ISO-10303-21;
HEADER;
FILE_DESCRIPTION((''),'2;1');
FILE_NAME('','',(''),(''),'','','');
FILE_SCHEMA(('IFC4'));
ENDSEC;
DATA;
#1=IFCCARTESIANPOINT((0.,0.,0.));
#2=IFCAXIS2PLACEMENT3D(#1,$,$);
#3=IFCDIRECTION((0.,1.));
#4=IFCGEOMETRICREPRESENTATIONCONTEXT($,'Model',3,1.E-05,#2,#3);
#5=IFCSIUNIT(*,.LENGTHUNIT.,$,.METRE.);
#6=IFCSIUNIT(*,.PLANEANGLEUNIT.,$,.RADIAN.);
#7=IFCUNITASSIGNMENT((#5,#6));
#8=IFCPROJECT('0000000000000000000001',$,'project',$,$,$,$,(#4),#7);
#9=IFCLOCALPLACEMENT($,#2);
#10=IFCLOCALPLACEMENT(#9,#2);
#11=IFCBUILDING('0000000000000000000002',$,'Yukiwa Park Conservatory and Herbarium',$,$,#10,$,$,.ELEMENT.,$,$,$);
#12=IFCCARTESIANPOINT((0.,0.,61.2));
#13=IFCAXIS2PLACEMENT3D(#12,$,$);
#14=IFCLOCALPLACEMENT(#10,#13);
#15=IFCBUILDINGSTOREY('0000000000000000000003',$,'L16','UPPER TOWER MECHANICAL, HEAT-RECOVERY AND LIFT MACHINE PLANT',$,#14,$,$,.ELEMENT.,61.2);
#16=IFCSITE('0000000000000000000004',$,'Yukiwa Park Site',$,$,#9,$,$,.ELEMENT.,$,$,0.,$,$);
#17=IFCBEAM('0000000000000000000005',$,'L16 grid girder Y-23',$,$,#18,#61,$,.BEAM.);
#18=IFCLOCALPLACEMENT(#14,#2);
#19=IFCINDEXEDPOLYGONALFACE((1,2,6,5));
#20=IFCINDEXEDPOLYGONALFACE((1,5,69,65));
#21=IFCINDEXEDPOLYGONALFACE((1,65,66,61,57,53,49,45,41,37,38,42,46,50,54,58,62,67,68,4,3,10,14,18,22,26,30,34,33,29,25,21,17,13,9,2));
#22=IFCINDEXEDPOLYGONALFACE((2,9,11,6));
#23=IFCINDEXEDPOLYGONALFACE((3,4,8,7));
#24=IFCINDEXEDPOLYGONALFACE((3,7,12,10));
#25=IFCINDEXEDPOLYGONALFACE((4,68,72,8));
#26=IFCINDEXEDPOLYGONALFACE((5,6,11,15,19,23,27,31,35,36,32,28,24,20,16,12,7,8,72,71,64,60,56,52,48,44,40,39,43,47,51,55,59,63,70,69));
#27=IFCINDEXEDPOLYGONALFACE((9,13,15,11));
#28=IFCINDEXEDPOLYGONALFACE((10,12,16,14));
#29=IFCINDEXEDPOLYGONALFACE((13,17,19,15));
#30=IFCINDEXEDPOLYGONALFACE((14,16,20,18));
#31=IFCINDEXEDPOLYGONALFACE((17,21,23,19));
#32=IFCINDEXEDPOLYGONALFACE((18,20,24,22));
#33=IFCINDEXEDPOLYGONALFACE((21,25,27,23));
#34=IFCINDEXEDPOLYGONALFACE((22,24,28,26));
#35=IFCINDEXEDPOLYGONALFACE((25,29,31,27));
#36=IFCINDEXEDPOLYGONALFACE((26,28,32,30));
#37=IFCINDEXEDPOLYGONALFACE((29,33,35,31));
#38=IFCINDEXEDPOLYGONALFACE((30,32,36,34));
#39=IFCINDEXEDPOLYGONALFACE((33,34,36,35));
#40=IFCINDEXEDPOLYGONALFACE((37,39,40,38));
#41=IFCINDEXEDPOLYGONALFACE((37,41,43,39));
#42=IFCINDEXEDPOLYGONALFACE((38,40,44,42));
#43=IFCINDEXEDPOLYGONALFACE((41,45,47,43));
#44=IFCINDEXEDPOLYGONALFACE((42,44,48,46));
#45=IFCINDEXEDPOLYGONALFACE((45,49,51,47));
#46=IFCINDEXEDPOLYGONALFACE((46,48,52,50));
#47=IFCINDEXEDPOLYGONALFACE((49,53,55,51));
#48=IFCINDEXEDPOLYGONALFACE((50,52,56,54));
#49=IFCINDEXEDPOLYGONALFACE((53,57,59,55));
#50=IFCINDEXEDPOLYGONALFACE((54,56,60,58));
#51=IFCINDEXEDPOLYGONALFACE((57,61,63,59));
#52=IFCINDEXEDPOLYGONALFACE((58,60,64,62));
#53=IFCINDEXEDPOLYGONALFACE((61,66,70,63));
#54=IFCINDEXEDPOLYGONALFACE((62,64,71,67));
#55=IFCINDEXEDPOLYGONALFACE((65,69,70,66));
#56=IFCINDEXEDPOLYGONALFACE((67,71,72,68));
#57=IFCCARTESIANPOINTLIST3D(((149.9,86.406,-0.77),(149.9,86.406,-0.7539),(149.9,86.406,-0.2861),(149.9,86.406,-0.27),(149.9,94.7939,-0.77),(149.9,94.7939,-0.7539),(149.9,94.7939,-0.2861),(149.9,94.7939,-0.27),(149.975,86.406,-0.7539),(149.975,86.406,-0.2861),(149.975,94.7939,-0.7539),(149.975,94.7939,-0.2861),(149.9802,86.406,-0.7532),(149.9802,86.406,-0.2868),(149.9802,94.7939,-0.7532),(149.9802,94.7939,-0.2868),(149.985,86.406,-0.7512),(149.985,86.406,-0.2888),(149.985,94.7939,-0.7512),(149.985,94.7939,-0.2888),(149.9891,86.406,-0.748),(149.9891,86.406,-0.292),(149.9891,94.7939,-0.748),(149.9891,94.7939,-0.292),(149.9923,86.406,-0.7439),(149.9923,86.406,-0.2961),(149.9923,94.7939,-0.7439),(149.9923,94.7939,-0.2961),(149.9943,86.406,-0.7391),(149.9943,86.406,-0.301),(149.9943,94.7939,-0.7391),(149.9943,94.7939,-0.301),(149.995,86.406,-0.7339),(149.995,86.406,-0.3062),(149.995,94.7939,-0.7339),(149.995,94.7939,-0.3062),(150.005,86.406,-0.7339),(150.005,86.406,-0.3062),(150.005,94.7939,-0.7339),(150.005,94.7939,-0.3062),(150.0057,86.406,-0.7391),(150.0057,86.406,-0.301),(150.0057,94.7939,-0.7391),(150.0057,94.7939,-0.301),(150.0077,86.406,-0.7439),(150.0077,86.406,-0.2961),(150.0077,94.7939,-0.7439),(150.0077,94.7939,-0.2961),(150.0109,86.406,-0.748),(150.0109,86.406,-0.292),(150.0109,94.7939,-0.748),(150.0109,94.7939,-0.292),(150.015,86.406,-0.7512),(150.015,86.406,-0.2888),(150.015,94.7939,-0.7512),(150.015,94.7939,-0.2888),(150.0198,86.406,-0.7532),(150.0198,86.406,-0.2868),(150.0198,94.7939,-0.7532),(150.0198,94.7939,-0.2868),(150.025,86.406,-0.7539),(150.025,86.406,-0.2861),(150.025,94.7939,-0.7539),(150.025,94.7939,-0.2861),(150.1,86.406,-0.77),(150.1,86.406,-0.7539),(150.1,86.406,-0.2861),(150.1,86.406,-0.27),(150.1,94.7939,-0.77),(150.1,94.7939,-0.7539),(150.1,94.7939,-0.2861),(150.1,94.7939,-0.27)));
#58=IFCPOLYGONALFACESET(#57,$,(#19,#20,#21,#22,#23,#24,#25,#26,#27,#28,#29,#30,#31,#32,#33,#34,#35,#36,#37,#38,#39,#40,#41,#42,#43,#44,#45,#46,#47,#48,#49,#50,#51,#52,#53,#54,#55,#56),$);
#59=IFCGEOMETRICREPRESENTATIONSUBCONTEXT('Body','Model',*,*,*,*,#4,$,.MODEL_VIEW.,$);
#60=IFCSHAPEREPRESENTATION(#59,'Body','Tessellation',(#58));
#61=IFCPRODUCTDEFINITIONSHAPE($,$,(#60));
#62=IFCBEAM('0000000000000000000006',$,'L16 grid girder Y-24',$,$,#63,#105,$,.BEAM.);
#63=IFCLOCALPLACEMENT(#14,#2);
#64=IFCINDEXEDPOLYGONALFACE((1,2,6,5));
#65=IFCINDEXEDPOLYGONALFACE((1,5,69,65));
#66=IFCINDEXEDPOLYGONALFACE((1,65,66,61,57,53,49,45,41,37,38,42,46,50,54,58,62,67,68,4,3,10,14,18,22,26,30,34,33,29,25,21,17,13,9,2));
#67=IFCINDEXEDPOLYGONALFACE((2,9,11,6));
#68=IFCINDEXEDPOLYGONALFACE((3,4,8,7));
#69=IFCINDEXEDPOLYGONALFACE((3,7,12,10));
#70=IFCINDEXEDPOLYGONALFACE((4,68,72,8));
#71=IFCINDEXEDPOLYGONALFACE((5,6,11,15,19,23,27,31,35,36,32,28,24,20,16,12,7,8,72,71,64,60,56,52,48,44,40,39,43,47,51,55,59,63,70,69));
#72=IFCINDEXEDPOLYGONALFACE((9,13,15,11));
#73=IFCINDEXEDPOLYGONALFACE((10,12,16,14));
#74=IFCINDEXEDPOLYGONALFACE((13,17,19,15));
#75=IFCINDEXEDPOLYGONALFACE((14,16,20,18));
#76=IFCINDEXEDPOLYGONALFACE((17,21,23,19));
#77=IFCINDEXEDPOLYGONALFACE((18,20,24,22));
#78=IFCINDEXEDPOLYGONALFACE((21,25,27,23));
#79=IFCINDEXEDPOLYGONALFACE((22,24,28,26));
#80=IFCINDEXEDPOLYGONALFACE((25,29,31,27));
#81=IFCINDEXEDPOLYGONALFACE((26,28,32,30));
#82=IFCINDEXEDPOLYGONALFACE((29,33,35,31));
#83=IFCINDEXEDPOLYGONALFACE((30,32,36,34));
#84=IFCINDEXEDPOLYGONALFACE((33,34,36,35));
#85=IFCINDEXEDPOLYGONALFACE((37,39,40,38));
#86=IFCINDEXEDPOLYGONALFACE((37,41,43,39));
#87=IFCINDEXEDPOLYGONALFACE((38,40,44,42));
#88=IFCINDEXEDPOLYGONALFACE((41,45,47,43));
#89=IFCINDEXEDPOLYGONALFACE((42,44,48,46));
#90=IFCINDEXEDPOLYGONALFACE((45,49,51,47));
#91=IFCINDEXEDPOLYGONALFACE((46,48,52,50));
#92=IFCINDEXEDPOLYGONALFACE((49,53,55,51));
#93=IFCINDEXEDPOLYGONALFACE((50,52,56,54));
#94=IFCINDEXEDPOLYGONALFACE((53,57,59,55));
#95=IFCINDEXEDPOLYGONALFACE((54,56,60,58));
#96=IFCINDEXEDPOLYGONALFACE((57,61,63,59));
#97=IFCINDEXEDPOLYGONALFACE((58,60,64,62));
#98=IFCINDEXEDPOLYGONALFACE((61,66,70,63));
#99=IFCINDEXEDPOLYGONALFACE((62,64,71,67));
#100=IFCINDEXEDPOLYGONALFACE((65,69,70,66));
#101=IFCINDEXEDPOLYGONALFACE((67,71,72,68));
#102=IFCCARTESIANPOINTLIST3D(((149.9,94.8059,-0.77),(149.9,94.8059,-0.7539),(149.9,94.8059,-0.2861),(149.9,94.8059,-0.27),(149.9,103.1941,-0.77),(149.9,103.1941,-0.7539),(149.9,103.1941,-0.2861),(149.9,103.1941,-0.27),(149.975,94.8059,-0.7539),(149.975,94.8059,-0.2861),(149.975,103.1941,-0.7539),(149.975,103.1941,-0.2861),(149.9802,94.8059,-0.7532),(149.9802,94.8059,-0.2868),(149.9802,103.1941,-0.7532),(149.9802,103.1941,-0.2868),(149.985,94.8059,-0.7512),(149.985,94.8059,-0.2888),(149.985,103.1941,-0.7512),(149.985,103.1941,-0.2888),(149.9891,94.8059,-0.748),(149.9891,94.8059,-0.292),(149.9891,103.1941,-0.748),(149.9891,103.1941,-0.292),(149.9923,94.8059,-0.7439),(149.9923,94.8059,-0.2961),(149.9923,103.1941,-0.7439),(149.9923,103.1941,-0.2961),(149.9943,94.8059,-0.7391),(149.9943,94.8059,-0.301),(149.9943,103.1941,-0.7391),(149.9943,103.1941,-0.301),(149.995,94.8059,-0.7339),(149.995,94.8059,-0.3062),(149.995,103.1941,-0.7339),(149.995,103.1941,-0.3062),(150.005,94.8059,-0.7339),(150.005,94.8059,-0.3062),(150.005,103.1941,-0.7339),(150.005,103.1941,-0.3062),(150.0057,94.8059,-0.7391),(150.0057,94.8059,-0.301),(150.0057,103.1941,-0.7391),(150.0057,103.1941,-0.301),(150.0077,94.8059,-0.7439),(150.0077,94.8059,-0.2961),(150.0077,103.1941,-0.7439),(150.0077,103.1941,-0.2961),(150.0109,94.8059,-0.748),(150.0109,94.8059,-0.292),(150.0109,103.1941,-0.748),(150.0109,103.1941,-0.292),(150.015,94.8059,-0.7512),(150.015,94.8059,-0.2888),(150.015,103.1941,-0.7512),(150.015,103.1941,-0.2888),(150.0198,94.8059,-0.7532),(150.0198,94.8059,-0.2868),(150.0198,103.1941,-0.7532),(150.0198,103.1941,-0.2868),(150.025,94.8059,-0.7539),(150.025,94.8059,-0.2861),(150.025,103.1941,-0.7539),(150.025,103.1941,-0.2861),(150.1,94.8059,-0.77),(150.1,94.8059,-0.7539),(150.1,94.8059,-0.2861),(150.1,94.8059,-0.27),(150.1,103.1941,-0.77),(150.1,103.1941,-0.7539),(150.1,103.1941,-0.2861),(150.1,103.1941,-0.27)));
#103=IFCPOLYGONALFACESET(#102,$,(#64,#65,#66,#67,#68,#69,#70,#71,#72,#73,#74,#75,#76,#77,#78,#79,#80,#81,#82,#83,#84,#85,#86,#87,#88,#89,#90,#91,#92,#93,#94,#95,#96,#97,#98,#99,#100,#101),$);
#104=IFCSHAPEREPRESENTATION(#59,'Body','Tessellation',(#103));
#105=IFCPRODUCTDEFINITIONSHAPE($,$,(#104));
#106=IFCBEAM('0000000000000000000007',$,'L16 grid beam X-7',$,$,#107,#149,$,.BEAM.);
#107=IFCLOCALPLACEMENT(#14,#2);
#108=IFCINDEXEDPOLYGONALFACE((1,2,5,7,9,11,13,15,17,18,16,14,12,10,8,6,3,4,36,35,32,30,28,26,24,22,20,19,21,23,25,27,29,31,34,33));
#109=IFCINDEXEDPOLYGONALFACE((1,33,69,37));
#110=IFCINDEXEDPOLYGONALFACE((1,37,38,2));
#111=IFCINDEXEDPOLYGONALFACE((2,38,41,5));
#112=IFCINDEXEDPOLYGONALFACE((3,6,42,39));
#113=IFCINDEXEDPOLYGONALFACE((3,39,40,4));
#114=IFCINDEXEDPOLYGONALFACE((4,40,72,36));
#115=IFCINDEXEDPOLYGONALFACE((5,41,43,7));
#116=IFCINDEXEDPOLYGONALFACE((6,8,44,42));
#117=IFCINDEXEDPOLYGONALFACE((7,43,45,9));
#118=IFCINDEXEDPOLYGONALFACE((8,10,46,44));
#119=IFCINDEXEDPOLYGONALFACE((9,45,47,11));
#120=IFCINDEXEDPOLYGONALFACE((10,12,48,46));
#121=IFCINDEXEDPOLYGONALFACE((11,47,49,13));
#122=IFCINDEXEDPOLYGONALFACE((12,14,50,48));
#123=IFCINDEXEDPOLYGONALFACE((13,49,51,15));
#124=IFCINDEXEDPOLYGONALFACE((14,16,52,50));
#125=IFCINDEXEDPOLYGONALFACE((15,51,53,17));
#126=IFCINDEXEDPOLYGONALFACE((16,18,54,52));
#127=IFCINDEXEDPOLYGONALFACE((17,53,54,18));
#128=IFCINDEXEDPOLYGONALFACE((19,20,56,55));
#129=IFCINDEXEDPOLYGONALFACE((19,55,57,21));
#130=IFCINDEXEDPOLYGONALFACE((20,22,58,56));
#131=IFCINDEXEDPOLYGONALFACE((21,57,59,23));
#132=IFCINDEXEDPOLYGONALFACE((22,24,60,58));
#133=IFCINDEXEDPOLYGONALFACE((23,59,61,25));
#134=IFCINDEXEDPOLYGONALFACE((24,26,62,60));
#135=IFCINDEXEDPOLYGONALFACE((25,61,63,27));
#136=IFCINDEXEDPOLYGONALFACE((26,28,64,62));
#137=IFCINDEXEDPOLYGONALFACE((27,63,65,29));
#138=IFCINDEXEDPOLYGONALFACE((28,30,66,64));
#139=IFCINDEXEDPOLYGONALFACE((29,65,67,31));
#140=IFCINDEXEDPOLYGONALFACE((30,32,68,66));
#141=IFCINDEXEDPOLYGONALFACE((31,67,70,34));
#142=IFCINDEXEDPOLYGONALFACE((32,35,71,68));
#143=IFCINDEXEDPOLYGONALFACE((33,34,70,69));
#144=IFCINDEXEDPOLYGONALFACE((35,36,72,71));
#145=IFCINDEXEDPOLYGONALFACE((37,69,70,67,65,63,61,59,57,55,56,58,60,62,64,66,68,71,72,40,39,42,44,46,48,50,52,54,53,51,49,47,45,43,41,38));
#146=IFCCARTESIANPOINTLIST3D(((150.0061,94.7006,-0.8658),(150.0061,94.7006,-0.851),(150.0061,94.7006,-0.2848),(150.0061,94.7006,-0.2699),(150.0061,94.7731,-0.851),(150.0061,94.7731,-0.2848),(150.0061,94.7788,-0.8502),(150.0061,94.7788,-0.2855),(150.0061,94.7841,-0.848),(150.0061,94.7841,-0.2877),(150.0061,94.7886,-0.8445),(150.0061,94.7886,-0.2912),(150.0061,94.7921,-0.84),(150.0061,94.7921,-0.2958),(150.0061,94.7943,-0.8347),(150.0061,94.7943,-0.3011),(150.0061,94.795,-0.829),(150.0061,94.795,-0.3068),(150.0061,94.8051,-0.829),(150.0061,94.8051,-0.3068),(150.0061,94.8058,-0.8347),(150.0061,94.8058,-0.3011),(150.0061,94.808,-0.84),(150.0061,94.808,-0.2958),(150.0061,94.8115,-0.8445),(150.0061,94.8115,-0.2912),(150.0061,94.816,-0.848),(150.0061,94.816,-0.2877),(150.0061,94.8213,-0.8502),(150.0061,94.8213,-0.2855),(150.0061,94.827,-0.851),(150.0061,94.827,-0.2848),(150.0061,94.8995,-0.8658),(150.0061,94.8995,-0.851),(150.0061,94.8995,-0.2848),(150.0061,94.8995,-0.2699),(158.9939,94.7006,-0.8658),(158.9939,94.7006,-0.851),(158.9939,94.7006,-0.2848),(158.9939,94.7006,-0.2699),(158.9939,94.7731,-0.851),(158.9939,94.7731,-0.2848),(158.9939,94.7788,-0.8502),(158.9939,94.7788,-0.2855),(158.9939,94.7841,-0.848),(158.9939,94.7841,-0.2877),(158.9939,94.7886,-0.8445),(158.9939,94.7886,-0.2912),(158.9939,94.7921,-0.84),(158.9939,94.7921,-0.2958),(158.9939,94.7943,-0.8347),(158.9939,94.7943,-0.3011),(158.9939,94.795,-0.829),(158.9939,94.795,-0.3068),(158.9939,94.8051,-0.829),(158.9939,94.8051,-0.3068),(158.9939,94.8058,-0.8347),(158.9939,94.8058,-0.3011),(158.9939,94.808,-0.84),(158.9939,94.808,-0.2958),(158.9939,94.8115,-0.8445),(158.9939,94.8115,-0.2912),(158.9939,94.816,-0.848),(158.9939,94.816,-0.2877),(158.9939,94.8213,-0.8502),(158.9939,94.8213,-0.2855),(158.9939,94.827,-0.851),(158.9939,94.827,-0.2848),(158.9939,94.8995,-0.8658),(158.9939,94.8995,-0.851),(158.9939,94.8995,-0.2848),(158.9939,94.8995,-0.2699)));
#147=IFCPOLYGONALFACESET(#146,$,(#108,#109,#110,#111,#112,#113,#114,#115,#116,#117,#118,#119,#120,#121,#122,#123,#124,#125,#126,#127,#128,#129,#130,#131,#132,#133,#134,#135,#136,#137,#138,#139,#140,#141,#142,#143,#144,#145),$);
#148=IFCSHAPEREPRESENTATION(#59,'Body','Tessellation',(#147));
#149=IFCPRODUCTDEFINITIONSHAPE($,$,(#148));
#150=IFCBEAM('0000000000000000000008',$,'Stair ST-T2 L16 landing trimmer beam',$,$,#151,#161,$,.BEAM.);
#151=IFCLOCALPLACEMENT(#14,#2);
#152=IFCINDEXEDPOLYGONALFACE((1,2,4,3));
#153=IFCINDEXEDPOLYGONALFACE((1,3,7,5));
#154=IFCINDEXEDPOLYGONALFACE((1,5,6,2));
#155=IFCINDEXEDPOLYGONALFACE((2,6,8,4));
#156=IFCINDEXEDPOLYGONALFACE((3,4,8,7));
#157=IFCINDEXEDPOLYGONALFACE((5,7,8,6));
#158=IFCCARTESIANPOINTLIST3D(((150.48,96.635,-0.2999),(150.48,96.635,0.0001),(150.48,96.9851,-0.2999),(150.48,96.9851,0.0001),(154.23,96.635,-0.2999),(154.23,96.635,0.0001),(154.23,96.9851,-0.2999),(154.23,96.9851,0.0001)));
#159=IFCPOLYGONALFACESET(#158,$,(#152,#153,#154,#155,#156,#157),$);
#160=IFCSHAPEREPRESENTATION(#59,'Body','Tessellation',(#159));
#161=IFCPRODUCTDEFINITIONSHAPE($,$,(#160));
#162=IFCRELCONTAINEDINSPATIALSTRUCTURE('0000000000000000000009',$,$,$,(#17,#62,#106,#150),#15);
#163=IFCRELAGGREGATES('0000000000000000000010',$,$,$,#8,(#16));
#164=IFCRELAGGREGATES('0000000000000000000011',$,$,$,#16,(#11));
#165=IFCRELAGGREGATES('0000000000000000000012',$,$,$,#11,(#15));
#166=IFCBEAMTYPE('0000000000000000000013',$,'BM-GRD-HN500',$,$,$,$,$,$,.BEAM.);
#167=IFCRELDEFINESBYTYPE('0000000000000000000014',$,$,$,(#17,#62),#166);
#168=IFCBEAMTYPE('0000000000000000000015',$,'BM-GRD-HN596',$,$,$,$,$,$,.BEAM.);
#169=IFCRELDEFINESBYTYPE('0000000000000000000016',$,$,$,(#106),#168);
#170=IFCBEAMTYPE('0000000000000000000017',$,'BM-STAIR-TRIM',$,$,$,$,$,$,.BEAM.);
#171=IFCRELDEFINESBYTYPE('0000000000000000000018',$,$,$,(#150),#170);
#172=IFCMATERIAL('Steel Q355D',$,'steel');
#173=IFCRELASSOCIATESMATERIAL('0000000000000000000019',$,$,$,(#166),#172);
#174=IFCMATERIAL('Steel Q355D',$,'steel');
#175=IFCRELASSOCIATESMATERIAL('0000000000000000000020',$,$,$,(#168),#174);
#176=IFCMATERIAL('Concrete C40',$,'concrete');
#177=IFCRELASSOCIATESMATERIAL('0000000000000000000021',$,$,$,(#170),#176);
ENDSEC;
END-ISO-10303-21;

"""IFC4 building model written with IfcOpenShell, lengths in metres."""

from ifc_helpers import new_model, si_unit, direction, frame, origin, origin_2d, place, context, subcontext, project, spatial, rectangle, i_section, extrude, material, material_profile, profile_set, type_object, element, save


model = new_model("IFC4")

# Units and contexts
model_context = context("Model", 3, precision=1e-05, world=origin(), true_north=direction((0.0, 1.0)))
body_context = subcontext(model_context, "Body", "Model", "MODEL_VIEW")
ifc_project = project(units=[si_unit("LENGTHUNIT", "METRE"), si_unit("PLANEANGLEUNIT", "RADIAN")], contexts=[model_context])

# Site, building, storey
site_placement = place(None, origin())
site = spatial("IfcSite", under=ifc_project, at=site_placement, Name="Yukiwa Park Site", CompositionType="ELEMENT", RefElevation=0.0)
building_placement = place(site_placement, origin())
building = spatial("IfcBuilding", under=site, at=building_placement, Name="Yukiwa Park Conservatory and Herbarium", CompositionType="ELEMENT")
storey_placement = place(building_placement, frame((0.0, 0.0, 61.2)))
storey = spatial("IfcBuildingStorey", under=building, at=storey_placement, Name="L16", Description="UPPER TOWER MECHANICAL, HEAT-RECOVERY AND LIFT MACHINE PLANT", CompositionType="ELEMENT", Elevation=61.2)

# Beams
ifc_material_1 = material(Name="Steel Q355D", Category="steel")
ifc_material_profile_1 = material_profile(ifc_material_1, i_section(OverallWidth=0.2, OverallDepth=0.5, WebThickness=0.01, FlangeThickness=0.0161, FilletRadius=0.02, at=origin_2d()), Name="HN 500x200x10x16")
ifc_profile_set_1 = profile_set([ifc_material_profile_1], Name="Steel Q355D")
beam_type_1 = type_object("IfcBeamType", Name="BM-GRD-HN500", PredefinedType="BEAM", material=ifc_profile_set_1)
beam_1_placement = place(storey_placement, frame((150.0, 86.406, -0.52), z_axis=(0.0, 1.0, 0.0), x_axis=(-1.0, 0.0, 0.0)))
element("IfcBeam", 1, at=beam_1_placement, inside=storey, type_object=beam_type_1, Name="L16 grid girder Y-23", PredefinedType="BEAM", context=body_context, shape_type="SweptSolid", body=[
    extrude(i_section(OverallWidth=0.2, OverallDepth=0.5, WebThickness=0.01, FlangeThickness=0.0161, FilletRadius=0.02, at=origin_2d()), origin(), (0.0, 0.0, 1.0), 8.3879),
])
beam_2_placement = place(storey_placement, frame((150.0, 94.8059, -0.52), z_axis=(0.0, 1.0, 0.0), x_axis=(-1.0, 0.0, 0.0)))
element("IfcBeam", 2, at=beam_2_placement, inside=storey, type_object=beam_type_1, Name="L16 grid girder Y-24", PredefinedType="BEAM", context=body_context, shape_type="SweptSolid", body=[
    extrude(i_section(OverallWidth=0.2, OverallDepth=0.5, WebThickness=0.01, FlangeThickness=0.0161, FilletRadius=0.02, at=origin_2d()), origin(), (0.0, 0.0, 1.0), 8.3882),
])
ifc_material_2 = material(Name="Steel Q355D", Category="steel")
ifc_material_profile_2 = material_profile(ifc_material_2, i_section(OverallWidth=0.199, OverallDepth=0.5959, WebThickness=0.01, FlangeThickness=0.0149, FilletRadius=0.022, at=origin_2d()), Name="HN 596x199x10x15")
ifc_profile_set_2 = profile_set([ifc_material_profile_2], Name="Steel Q355D")
beam_type_2 = type_object("IfcBeamType", Name="BM-GRD-HN596", PredefinedType="BEAM", material=ifc_profile_set_2)
beam_3_placement = place(storey_placement, frame((150.0061, 94.8, -0.5679), z_axis=(1.0, 0.0, 0.0), x_axis=(0.0, 1.0, 0.0)))
element("IfcBeam", 3, at=beam_3_placement, inside=storey, type_object=beam_type_2, Name="L16 grid beam X-7", PredefinedType="BEAM", context=body_context, shape_type="SweptSolid", body=[
    extrude(i_section(OverallWidth=0.199, OverallDepth=0.5959, WebThickness=0.01, FlangeThickness=0.0149, FilletRadius=0.022, at=origin_2d()), origin(), (0.0, 0.0, 1.0), 8.9878),
])
ifc_material_3 = material(Name="Concrete C40", Category="concrete")
ifc_material_profile_3 = material_profile(ifc_material_3, rectangle(XDim=0.3501, YDim=0.3, at=origin_2d()), Name="RC 350x300")
ifc_profile_set_3 = profile_set([ifc_material_profile_3], Name="Concrete C40")
beam_type_3 = type_object("IfcBeamType", Name="BM-STAIR-TRIM", PredefinedType="BEAM", material=ifc_profile_set_3)
beam_4_placement = place(storey_placement, frame((150.48, 96.8101, -0.1499), z_axis=(1.0, 0.0, 0.0), x_axis=(0.0, 1.0, 0.0)))
element("IfcBeam", 4, at=beam_4_placement, inside=storey, type_object=beam_type_3, Name="Stair ST-T2 L16 landing trimmer beam", PredefinedType="BEAM", context=body_context, shape_type="SweptSolid", body=[
    extrude(rectangle(XDim=0.3501, YDim=0.3, at=origin_2d()), origin(), (0.0, 0.0, 1.0), 3.75),
])

save(model, "model.ifc")
